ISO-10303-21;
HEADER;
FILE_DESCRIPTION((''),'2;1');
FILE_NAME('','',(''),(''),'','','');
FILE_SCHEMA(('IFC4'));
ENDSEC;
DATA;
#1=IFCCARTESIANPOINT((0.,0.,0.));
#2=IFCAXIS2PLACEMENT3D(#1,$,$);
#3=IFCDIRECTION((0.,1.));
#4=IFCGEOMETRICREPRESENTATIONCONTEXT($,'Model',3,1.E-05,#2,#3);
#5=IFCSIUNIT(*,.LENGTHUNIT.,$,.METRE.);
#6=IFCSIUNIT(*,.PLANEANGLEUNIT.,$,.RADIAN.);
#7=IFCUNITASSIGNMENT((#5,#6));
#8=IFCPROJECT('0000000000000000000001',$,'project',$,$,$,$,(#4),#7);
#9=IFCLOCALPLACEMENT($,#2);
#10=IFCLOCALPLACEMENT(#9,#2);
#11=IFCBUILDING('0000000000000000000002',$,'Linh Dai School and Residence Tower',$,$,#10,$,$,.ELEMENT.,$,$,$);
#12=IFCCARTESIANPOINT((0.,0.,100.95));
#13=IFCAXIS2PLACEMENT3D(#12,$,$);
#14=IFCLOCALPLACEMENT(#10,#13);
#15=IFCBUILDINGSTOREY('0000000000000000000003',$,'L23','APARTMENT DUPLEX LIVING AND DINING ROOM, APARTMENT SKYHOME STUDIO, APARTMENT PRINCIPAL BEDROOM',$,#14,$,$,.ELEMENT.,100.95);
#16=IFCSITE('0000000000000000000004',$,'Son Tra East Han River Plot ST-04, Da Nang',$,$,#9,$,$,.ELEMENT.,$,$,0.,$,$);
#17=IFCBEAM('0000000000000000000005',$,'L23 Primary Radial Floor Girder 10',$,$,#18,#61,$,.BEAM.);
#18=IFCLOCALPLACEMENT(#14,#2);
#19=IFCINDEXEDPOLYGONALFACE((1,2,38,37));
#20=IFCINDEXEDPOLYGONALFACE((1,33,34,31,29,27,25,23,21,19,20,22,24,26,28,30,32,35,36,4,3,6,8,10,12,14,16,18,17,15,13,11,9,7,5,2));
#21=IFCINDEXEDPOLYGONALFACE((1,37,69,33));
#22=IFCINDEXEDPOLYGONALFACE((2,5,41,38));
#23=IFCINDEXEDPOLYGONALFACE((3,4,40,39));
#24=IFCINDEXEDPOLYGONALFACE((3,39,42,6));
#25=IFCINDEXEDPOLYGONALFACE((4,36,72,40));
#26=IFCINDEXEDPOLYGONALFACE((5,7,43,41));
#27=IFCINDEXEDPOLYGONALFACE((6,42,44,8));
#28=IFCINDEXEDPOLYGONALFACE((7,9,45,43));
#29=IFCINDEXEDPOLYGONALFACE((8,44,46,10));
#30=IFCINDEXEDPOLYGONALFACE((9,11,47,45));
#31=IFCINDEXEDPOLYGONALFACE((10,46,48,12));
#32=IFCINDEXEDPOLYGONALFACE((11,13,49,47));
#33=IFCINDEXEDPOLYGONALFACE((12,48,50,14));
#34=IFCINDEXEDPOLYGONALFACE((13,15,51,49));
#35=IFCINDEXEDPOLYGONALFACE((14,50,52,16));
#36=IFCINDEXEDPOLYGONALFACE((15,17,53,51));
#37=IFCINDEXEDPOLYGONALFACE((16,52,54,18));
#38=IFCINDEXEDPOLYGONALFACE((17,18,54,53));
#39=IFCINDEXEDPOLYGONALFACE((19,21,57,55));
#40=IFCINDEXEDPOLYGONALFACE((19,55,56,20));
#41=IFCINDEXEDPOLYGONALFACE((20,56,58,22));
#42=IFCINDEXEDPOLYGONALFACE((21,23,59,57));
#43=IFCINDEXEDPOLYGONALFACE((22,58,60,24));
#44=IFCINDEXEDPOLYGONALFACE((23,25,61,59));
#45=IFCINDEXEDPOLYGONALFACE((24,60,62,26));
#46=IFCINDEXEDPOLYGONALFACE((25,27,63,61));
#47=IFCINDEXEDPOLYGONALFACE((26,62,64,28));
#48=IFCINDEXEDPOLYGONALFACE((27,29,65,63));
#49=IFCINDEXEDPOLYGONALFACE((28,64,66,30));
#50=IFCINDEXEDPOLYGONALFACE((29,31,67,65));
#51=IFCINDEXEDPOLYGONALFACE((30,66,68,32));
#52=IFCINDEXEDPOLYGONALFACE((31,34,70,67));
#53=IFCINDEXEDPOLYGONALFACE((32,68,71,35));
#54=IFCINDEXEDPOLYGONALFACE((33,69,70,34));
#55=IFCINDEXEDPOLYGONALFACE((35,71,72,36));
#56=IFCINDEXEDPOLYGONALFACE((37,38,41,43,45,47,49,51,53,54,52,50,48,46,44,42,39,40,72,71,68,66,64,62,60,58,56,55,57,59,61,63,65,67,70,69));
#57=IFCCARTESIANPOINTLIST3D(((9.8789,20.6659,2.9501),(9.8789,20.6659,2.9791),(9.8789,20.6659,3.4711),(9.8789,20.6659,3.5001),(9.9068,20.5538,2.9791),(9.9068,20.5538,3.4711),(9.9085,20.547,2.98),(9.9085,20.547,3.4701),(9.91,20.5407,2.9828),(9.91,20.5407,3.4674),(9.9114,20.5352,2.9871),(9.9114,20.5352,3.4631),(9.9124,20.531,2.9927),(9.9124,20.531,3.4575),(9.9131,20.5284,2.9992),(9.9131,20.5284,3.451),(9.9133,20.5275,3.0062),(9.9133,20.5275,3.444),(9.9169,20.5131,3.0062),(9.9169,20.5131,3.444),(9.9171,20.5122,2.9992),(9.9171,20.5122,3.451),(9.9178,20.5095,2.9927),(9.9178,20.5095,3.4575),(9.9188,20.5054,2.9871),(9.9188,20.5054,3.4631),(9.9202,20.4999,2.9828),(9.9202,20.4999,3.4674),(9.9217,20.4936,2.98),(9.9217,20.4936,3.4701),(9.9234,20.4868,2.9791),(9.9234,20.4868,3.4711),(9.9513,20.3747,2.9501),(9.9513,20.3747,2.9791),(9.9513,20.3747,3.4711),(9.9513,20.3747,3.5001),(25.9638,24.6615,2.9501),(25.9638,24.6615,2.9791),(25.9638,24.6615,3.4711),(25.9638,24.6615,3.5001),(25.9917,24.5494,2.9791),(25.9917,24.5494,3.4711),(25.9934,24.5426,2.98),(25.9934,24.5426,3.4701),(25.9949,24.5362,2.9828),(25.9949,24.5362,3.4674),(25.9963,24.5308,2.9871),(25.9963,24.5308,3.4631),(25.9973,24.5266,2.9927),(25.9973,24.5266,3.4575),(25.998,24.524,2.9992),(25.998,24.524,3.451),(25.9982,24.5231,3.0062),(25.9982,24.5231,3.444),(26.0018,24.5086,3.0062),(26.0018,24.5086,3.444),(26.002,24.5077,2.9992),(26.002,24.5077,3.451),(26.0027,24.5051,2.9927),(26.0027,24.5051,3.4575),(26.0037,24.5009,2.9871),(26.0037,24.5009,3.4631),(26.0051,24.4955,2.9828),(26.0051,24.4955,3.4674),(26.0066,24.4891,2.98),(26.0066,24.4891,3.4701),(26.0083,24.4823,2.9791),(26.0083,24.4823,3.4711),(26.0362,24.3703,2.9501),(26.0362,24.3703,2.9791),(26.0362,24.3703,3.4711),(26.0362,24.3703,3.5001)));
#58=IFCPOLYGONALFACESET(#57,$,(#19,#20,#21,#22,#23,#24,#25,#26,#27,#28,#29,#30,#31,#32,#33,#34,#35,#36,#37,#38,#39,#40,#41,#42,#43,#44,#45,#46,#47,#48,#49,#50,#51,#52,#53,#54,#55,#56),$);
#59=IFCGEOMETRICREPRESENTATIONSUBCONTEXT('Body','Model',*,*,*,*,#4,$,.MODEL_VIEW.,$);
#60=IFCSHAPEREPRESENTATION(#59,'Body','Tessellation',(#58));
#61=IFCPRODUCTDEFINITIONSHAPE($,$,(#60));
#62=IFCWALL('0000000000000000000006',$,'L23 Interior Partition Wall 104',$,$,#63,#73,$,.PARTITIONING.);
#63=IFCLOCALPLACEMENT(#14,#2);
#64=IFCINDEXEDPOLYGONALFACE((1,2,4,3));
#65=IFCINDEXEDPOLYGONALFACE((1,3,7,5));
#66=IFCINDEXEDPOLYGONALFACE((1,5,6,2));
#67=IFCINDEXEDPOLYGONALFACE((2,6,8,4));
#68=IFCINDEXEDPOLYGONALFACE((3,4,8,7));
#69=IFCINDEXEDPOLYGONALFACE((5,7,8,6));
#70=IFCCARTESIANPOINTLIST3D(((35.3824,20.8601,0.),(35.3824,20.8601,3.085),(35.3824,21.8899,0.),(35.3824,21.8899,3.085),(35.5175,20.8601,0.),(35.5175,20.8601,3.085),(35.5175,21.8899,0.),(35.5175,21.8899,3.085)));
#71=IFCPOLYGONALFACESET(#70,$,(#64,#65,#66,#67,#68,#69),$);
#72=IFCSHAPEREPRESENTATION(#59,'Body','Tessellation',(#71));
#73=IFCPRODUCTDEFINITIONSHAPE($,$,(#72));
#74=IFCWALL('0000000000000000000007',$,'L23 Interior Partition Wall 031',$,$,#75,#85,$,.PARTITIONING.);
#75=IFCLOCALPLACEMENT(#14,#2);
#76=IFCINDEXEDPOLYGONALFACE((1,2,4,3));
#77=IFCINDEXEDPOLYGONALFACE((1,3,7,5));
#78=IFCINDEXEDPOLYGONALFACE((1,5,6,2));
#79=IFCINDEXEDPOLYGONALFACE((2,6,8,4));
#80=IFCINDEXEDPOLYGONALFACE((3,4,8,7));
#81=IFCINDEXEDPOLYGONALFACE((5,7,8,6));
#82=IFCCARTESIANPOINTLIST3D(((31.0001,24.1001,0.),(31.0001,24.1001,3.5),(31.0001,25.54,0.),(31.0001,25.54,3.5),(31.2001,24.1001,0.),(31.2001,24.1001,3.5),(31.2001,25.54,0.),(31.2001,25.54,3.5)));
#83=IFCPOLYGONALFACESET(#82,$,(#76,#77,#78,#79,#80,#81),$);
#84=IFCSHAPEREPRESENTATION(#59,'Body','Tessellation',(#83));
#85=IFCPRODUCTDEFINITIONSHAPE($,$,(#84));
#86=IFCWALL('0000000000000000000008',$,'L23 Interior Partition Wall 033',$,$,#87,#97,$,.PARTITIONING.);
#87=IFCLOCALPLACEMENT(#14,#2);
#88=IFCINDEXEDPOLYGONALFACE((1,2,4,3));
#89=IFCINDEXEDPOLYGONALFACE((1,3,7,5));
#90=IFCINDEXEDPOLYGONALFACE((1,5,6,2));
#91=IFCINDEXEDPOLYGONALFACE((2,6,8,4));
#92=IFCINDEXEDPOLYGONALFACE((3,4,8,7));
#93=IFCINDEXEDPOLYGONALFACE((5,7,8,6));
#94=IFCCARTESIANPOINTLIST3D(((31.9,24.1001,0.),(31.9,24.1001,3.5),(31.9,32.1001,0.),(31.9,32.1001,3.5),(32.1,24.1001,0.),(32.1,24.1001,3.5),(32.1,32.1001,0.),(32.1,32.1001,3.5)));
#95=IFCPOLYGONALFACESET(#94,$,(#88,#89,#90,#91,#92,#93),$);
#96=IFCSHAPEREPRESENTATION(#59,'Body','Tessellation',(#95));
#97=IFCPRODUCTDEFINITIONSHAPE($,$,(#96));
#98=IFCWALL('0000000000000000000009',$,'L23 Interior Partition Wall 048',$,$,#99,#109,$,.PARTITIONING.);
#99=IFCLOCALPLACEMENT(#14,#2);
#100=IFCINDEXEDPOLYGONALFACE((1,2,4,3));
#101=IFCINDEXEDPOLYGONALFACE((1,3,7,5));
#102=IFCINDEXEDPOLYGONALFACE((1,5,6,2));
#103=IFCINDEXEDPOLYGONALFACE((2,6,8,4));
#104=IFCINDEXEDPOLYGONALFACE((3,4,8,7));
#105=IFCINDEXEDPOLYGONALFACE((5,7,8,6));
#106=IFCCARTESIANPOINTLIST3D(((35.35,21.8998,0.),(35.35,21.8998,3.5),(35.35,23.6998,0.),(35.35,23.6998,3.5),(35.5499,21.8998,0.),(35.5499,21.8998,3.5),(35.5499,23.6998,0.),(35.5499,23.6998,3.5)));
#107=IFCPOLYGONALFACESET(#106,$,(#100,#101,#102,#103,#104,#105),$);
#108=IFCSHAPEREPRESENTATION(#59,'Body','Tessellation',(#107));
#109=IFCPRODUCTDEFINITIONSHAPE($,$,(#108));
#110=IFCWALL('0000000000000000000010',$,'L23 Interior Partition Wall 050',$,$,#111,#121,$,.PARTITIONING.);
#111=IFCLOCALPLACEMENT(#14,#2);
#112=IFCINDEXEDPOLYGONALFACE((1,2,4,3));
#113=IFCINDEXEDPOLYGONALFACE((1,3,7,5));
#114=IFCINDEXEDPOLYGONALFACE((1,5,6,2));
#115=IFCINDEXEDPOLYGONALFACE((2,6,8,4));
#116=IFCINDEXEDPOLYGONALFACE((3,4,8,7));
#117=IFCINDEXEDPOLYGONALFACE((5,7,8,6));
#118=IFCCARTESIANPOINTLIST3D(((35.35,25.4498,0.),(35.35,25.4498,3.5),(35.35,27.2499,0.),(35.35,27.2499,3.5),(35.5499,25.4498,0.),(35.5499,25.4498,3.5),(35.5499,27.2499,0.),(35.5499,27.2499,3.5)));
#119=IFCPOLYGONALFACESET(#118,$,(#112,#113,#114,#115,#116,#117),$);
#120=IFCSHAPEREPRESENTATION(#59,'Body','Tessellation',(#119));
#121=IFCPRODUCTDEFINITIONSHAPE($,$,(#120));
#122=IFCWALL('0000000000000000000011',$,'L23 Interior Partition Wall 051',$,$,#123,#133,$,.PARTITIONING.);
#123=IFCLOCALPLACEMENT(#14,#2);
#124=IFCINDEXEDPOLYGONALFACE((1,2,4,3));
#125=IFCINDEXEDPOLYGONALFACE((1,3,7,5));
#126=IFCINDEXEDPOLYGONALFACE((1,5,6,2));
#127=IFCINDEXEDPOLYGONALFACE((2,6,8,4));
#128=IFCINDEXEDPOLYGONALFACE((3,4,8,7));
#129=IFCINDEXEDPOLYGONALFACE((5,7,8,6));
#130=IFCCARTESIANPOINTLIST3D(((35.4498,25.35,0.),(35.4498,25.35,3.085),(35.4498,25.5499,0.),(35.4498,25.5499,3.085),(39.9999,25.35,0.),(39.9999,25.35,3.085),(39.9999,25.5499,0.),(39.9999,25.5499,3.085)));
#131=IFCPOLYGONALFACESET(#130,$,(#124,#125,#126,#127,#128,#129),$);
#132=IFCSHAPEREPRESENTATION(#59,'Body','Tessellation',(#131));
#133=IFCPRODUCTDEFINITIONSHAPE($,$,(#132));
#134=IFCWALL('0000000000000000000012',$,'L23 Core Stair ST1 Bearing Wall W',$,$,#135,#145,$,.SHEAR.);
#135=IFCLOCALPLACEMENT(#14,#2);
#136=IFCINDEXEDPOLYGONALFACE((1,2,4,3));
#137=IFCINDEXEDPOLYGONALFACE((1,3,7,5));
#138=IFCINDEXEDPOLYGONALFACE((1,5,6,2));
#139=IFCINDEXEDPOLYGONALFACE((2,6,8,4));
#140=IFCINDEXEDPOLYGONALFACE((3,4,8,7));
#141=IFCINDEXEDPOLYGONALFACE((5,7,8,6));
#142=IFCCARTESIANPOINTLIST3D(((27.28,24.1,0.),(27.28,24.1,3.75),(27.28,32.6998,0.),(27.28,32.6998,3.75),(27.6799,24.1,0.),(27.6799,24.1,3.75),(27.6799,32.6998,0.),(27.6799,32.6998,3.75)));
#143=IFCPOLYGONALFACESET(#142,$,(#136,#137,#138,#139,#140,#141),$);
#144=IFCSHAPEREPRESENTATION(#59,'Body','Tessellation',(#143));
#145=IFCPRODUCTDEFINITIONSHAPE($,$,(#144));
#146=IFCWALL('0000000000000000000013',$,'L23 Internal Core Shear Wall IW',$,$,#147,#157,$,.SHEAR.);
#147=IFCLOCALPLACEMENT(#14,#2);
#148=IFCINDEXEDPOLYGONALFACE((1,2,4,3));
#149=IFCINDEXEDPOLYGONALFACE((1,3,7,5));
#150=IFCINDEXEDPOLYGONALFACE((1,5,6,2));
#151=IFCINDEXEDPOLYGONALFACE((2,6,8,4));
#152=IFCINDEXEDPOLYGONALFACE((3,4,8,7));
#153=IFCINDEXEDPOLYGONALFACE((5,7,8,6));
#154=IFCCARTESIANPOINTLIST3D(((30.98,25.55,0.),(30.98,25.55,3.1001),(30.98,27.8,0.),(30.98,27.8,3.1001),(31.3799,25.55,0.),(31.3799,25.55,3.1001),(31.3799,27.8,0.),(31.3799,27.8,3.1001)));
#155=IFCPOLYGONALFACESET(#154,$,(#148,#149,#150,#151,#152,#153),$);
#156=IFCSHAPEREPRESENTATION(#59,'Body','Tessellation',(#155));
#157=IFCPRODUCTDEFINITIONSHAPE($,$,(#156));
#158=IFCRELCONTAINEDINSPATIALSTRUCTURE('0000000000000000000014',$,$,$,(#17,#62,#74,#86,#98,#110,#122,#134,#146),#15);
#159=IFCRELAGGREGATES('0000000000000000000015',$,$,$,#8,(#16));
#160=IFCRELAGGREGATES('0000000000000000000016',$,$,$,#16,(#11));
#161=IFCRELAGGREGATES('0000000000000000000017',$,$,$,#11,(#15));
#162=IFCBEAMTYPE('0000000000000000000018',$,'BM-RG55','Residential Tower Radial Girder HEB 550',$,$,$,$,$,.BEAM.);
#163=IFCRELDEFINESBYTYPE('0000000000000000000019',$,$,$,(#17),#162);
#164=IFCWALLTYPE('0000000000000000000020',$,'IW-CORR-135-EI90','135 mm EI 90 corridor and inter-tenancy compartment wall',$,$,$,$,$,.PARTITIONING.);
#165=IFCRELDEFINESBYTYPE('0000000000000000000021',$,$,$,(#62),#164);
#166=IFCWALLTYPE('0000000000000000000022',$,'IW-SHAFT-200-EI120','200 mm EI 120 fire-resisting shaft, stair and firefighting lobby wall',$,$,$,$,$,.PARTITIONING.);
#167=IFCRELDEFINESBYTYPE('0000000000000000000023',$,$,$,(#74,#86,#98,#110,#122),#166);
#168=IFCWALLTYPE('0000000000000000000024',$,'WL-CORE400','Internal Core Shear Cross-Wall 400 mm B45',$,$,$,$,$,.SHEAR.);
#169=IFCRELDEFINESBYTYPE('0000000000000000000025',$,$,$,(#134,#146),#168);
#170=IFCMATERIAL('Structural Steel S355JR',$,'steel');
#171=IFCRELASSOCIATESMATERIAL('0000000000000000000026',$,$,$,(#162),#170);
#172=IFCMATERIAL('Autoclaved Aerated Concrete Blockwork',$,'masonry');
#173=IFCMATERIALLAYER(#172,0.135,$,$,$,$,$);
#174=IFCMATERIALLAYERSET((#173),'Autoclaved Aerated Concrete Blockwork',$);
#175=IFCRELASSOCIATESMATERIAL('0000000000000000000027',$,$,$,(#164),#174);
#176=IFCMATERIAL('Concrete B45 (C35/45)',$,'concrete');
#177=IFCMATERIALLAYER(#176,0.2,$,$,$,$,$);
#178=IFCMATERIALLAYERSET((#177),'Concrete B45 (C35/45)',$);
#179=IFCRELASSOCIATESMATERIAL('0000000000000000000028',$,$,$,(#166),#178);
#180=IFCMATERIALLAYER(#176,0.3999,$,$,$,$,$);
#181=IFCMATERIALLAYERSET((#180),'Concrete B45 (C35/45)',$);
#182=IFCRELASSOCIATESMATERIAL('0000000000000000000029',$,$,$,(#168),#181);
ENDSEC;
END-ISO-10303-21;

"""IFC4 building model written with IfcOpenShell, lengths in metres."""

from ifc_helpers import new_model, si_unit, direction, frame, frame_2d, origin, origin_2d, place, context, subcontext, project, spatial, rectangle, i_section, extrude, material, layer, layer_set, material_profile, profile_set, type_object, element, save


model = new_model("IFC4")

# Units and contexts
model_context = context("Model", 3, precision=1e-05, world=origin(), true_north=direction((0.0, 1.0)))
body_context = subcontext(model_context, "Body", "Model", "MODEL_VIEW")
ifc_project = project(units=[si_unit("LENGTHUNIT", "METRE"), si_unit("PLANEANGLEUNIT", "RADIAN")], contexts=[model_context])

# Site, building, storey
site_placement = place(None, origin())
site = spatial("IfcSite", under=ifc_project, at=site_placement, Name="Son Tra East Han River Plot ST-04, Da Nang", CompositionType="ELEMENT", RefElevation=0.0)
building_placement = place(site_placement, origin())
building = spatial("IfcBuilding", under=site, at=building_placement, Name="Linh Dai School and Residence Tower", CompositionType="ELEMENT")
storey_placement = place(building_placement, frame((0.0, 0.0, 100.95)))
storey = spatial("IfcBuildingStorey", under=building, at=storey_placement, Name="L23", Description="APARTMENT DUPLEX LIVING AND DINING ROOM, APARTMENT SKYHOME STUDIO, APARTMENT PRINCIPAL BEDROOM", CompositionType="ELEMENT", Elevation=100.95)

# Shared definitions
ifc_material_1 = material(Name="Structural Steel S355JR", Category="steel")

# Beam
ifc_material_profile_1 = material_profile(ifc_material_1, i_section(OverallWidth=0.3, OverallDepth=0.55, WebThickness=0.0149, FlangeThickness=0.0291, FilletRadius=0.0271, at=origin_2d()), Name="HEB 550")
ifc_profile_set_1 = profile_set([ifc_material_profile_1], Name="Structural Steel S355JR")
beam_type = type_object("IfcBeamType", Name="BM-RG55", Description="Residential Tower Radial Girder HEB 550", PredefinedType="BEAM", material=ifc_profile_set_1)
beam_placement = place(storey_placement, frame((26.0, 24.5159, 3.2251), z_axis=(-0.970505, -0.24108, 0.0), x_axis=(0.24108, -0.970505, 0.0)))
element("IfcBeam", 1, at=beam_placement, inside=storey, type_object=beam_type, Name="L23 Primary Radial Floor Girder 10", PredefinedType="BEAM", context=body_context, shape_type="SweptSolid", body=[
    extrude(i_section(OverallWidth=0.3, OverallDepth=0.55, WebThickness=0.0149, FlangeThickness=0.0291, FilletRadius=0.0271, at=origin_2d()), origin(), (0.0, 0.0, 1.0), 16.5737),
])

# Wall
ifc_material_2 = material(Name="Autoclaved Aerated Concrete Blockwork", Category="masonry")
ifc_layer_1 = layer(ifc_material_2, 0.135)
ifc_layer_set_1 = layer_set([ifc_layer_1], Name="Autoclaved Aerated Concrete Blockwork")
wall_type_1 = type_object("IfcWallType", Name="IW-CORR-135-EI90", Description="135 mm EI 90 corridor and inter-tenancy compartment wall", PredefinedType="PARTITIONING", material=ifc_layer_set_1)
wall_1_placement = place(storey_placement, frame((35.45, 21.8899, 0.0), z_axis=(0.0, 0.0, 1.0), x_axis=(0.0, -1.0, 0.0)))
element("IfcWall", 2, at=wall_1_placement, inside=storey, type_object=wall_type_1, Name="L23 Interior Partition Wall 104", PredefinedType="PARTITIONING", context=body_context, shape_type="SweptSolid", body=[
    extrude(rectangle(XDim=1.0298, YDim=0.135, at=frame_2d((0.5149, 0.0))), origin(), (0.0, 0.0, 1.0), 3.085),
])

# Shared definitions
ifc_material_3 = material(Name="Concrete B45 (C35/45)", Category="concrete")
ifc_layer_2 = layer(ifc_material_3, 0.2)
ifc_layer_set_2 = layer_set([ifc_layer_2], Name="Concrete B45 (C35/45)")
wall_type_2 = type_object("IfcWallType", Name="IW-SHAFT-200-EI120", Description="200 mm EI 120 fire-resisting shaft, stair and firefighting lobby wall", PredefinedType="PARTITIONING", material=ifc_layer_set_2)

# Walls
wall_2_placement = place(storey_placement, frame((31.1001, 24.1001, 0.0), z_axis=(0.0, 0.0, 1.0), x_axis=(0.0, 1.0, 0.0)))
element("IfcWall", 3, at=wall_2_placement, inside=storey, type_object=wall_type_2, Name="L23 Interior Partition Wall 031", PredefinedType="PARTITIONING", context=body_context, shape_type="SweptSolid", body=[
    extrude(rectangle(XDim=1.4399, YDim=0.2, at=frame_2d((0.72, 0.0))), origin(), (0.0, 0.0, 1.0), 3.5),
])
wall_3_placement = place(storey_placement, frame((32.0, 24.1001, 0.0), z_axis=(0.0, 0.0, 1.0), x_axis=(0.0, 1.0, 0.0)))
element("IfcWall", 4, at=wall_3_placement, inside=storey, type_object=wall_type_2, Name="L23 Interior Partition Wall 033", PredefinedType="PARTITIONING", context=body_context, shape_type="SweptSolid", body=[
    extrude(rectangle(XDim=8.0, YDim=0.2, at=frame_2d((4.0, 0.0))), origin(), (0.0, 0.0, 1.0), 3.5),
])

# Wall
wall_4_placement = place(storey_placement, frame((35.45, 21.8999, 0.0), z_axis=(0.0, 0.0, 1.0), x_axis=(0.0, 1.0, 0.0)))
element("IfcWall", 5, at=wall_4_placement, inside=storey, type_object=wall_type_2, Name="L23 Interior Partition Wall 048", PredefinedType="PARTITIONING", context=body_context, shape_type="SweptSolid", body=[
    extrude(rectangle(XDim=1.8, YDim=0.2, at=frame_2d((0.8999, 0.0))), origin(), (0.0, 0.0, 1.0), 3.5),
])

# Walls
wall_5_placement = place(storey_placement, frame((35.45, 25.45, 0.0), z_axis=(0.0, 0.0, 1.0), x_axis=(0.0, 1.0, 0.0)))
element("IfcWall", 6, at=wall_5_placement, inside=storey, type_object=wall_type_2, Name="L23 Interior Partition Wall 050", PredefinedType="PARTITIONING", context=body_context, shape_type="SweptSolid", body=[
    extrude(rectangle(XDim=1.8, YDim=0.2, at=frame_2d((0.8999, 0.0))), origin(), (0.0, 0.0, 1.0), 3.5),
])
wall_6_placement = place(storey_placement, frame((35.45, 25.45, 0.0), z_axis=(0.0, 0.0, 1.0), x_axis=(1.0, 0.0, 0.0)))
element("IfcWall", 7, at=wall_6_placement, inside=storey, type_object=wall_type_2, Name="L23 Interior Partition Wall 051", PredefinedType="PARTITIONING", context=body_context, shape_type="SweptSolid", body=[
    extrude(rectangle(XDim=4.55, YDim=0.2, at=frame_2d((2.2749, 0.0))), origin(), (0.0, 0.0, 1.0), 3.085),
])
ifc_layer_3 = layer(ifc_material_3, 0.3999)
ifc_layer_set_3 = layer_set([ifc_layer_3], Name="Concrete B45 (C35/45)")
wall_type_3 = type_object("IfcWallType", Name="WL-CORE400", Description="Internal Core Shear Cross-Wall 400 mm B45", PredefinedType="SHEAR", material=ifc_layer_set_3)
wall_7_placement = place(storey_placement, frame((27.48, 24.1001, 0.0), z_axis=(0.0, 0.0, 1.0), x_axis=(0.0, 1.0, 0.0)))
element("IfcWall", 8, at=wall_7_placement, inside=storey, type_object=wall_type_3, Name="L23 Core Stair ST1 Bearing Wall W", PredefinedType="SHEAR", context=body_context, shape_type="SweptSolid", body=[
    extrude(rectangle(XDim=8.5999, YDim=0.3999, at=frame_2d((4.2998, 0.0))), origin(), (0.0, 0.0, 1.0), 3.75),
])
wall_8_placement = place(storey_placement, frame((31.1799, 25.55, 0.0), z_axis=(0.0, 0.0, 1.0), x_axis=(0.0, 1.0, 0.0)))
element("IfcWall", 9, at=wall_8_placement, inside=storey, type_object=wall_type_3, Name="L23 Internal Core Shear Wall IW", PredefinedType="SHEAR", context=body_context, shape_type="SweptSolid", body=[
    extrude(rectangle(XDim=2.25, YDim=0.3999, at=frame_2d((1.125, 0.0))), origin(), (0.0, 0.0, 1.0), 3.1001),
])

save(model, "model.ifc")
